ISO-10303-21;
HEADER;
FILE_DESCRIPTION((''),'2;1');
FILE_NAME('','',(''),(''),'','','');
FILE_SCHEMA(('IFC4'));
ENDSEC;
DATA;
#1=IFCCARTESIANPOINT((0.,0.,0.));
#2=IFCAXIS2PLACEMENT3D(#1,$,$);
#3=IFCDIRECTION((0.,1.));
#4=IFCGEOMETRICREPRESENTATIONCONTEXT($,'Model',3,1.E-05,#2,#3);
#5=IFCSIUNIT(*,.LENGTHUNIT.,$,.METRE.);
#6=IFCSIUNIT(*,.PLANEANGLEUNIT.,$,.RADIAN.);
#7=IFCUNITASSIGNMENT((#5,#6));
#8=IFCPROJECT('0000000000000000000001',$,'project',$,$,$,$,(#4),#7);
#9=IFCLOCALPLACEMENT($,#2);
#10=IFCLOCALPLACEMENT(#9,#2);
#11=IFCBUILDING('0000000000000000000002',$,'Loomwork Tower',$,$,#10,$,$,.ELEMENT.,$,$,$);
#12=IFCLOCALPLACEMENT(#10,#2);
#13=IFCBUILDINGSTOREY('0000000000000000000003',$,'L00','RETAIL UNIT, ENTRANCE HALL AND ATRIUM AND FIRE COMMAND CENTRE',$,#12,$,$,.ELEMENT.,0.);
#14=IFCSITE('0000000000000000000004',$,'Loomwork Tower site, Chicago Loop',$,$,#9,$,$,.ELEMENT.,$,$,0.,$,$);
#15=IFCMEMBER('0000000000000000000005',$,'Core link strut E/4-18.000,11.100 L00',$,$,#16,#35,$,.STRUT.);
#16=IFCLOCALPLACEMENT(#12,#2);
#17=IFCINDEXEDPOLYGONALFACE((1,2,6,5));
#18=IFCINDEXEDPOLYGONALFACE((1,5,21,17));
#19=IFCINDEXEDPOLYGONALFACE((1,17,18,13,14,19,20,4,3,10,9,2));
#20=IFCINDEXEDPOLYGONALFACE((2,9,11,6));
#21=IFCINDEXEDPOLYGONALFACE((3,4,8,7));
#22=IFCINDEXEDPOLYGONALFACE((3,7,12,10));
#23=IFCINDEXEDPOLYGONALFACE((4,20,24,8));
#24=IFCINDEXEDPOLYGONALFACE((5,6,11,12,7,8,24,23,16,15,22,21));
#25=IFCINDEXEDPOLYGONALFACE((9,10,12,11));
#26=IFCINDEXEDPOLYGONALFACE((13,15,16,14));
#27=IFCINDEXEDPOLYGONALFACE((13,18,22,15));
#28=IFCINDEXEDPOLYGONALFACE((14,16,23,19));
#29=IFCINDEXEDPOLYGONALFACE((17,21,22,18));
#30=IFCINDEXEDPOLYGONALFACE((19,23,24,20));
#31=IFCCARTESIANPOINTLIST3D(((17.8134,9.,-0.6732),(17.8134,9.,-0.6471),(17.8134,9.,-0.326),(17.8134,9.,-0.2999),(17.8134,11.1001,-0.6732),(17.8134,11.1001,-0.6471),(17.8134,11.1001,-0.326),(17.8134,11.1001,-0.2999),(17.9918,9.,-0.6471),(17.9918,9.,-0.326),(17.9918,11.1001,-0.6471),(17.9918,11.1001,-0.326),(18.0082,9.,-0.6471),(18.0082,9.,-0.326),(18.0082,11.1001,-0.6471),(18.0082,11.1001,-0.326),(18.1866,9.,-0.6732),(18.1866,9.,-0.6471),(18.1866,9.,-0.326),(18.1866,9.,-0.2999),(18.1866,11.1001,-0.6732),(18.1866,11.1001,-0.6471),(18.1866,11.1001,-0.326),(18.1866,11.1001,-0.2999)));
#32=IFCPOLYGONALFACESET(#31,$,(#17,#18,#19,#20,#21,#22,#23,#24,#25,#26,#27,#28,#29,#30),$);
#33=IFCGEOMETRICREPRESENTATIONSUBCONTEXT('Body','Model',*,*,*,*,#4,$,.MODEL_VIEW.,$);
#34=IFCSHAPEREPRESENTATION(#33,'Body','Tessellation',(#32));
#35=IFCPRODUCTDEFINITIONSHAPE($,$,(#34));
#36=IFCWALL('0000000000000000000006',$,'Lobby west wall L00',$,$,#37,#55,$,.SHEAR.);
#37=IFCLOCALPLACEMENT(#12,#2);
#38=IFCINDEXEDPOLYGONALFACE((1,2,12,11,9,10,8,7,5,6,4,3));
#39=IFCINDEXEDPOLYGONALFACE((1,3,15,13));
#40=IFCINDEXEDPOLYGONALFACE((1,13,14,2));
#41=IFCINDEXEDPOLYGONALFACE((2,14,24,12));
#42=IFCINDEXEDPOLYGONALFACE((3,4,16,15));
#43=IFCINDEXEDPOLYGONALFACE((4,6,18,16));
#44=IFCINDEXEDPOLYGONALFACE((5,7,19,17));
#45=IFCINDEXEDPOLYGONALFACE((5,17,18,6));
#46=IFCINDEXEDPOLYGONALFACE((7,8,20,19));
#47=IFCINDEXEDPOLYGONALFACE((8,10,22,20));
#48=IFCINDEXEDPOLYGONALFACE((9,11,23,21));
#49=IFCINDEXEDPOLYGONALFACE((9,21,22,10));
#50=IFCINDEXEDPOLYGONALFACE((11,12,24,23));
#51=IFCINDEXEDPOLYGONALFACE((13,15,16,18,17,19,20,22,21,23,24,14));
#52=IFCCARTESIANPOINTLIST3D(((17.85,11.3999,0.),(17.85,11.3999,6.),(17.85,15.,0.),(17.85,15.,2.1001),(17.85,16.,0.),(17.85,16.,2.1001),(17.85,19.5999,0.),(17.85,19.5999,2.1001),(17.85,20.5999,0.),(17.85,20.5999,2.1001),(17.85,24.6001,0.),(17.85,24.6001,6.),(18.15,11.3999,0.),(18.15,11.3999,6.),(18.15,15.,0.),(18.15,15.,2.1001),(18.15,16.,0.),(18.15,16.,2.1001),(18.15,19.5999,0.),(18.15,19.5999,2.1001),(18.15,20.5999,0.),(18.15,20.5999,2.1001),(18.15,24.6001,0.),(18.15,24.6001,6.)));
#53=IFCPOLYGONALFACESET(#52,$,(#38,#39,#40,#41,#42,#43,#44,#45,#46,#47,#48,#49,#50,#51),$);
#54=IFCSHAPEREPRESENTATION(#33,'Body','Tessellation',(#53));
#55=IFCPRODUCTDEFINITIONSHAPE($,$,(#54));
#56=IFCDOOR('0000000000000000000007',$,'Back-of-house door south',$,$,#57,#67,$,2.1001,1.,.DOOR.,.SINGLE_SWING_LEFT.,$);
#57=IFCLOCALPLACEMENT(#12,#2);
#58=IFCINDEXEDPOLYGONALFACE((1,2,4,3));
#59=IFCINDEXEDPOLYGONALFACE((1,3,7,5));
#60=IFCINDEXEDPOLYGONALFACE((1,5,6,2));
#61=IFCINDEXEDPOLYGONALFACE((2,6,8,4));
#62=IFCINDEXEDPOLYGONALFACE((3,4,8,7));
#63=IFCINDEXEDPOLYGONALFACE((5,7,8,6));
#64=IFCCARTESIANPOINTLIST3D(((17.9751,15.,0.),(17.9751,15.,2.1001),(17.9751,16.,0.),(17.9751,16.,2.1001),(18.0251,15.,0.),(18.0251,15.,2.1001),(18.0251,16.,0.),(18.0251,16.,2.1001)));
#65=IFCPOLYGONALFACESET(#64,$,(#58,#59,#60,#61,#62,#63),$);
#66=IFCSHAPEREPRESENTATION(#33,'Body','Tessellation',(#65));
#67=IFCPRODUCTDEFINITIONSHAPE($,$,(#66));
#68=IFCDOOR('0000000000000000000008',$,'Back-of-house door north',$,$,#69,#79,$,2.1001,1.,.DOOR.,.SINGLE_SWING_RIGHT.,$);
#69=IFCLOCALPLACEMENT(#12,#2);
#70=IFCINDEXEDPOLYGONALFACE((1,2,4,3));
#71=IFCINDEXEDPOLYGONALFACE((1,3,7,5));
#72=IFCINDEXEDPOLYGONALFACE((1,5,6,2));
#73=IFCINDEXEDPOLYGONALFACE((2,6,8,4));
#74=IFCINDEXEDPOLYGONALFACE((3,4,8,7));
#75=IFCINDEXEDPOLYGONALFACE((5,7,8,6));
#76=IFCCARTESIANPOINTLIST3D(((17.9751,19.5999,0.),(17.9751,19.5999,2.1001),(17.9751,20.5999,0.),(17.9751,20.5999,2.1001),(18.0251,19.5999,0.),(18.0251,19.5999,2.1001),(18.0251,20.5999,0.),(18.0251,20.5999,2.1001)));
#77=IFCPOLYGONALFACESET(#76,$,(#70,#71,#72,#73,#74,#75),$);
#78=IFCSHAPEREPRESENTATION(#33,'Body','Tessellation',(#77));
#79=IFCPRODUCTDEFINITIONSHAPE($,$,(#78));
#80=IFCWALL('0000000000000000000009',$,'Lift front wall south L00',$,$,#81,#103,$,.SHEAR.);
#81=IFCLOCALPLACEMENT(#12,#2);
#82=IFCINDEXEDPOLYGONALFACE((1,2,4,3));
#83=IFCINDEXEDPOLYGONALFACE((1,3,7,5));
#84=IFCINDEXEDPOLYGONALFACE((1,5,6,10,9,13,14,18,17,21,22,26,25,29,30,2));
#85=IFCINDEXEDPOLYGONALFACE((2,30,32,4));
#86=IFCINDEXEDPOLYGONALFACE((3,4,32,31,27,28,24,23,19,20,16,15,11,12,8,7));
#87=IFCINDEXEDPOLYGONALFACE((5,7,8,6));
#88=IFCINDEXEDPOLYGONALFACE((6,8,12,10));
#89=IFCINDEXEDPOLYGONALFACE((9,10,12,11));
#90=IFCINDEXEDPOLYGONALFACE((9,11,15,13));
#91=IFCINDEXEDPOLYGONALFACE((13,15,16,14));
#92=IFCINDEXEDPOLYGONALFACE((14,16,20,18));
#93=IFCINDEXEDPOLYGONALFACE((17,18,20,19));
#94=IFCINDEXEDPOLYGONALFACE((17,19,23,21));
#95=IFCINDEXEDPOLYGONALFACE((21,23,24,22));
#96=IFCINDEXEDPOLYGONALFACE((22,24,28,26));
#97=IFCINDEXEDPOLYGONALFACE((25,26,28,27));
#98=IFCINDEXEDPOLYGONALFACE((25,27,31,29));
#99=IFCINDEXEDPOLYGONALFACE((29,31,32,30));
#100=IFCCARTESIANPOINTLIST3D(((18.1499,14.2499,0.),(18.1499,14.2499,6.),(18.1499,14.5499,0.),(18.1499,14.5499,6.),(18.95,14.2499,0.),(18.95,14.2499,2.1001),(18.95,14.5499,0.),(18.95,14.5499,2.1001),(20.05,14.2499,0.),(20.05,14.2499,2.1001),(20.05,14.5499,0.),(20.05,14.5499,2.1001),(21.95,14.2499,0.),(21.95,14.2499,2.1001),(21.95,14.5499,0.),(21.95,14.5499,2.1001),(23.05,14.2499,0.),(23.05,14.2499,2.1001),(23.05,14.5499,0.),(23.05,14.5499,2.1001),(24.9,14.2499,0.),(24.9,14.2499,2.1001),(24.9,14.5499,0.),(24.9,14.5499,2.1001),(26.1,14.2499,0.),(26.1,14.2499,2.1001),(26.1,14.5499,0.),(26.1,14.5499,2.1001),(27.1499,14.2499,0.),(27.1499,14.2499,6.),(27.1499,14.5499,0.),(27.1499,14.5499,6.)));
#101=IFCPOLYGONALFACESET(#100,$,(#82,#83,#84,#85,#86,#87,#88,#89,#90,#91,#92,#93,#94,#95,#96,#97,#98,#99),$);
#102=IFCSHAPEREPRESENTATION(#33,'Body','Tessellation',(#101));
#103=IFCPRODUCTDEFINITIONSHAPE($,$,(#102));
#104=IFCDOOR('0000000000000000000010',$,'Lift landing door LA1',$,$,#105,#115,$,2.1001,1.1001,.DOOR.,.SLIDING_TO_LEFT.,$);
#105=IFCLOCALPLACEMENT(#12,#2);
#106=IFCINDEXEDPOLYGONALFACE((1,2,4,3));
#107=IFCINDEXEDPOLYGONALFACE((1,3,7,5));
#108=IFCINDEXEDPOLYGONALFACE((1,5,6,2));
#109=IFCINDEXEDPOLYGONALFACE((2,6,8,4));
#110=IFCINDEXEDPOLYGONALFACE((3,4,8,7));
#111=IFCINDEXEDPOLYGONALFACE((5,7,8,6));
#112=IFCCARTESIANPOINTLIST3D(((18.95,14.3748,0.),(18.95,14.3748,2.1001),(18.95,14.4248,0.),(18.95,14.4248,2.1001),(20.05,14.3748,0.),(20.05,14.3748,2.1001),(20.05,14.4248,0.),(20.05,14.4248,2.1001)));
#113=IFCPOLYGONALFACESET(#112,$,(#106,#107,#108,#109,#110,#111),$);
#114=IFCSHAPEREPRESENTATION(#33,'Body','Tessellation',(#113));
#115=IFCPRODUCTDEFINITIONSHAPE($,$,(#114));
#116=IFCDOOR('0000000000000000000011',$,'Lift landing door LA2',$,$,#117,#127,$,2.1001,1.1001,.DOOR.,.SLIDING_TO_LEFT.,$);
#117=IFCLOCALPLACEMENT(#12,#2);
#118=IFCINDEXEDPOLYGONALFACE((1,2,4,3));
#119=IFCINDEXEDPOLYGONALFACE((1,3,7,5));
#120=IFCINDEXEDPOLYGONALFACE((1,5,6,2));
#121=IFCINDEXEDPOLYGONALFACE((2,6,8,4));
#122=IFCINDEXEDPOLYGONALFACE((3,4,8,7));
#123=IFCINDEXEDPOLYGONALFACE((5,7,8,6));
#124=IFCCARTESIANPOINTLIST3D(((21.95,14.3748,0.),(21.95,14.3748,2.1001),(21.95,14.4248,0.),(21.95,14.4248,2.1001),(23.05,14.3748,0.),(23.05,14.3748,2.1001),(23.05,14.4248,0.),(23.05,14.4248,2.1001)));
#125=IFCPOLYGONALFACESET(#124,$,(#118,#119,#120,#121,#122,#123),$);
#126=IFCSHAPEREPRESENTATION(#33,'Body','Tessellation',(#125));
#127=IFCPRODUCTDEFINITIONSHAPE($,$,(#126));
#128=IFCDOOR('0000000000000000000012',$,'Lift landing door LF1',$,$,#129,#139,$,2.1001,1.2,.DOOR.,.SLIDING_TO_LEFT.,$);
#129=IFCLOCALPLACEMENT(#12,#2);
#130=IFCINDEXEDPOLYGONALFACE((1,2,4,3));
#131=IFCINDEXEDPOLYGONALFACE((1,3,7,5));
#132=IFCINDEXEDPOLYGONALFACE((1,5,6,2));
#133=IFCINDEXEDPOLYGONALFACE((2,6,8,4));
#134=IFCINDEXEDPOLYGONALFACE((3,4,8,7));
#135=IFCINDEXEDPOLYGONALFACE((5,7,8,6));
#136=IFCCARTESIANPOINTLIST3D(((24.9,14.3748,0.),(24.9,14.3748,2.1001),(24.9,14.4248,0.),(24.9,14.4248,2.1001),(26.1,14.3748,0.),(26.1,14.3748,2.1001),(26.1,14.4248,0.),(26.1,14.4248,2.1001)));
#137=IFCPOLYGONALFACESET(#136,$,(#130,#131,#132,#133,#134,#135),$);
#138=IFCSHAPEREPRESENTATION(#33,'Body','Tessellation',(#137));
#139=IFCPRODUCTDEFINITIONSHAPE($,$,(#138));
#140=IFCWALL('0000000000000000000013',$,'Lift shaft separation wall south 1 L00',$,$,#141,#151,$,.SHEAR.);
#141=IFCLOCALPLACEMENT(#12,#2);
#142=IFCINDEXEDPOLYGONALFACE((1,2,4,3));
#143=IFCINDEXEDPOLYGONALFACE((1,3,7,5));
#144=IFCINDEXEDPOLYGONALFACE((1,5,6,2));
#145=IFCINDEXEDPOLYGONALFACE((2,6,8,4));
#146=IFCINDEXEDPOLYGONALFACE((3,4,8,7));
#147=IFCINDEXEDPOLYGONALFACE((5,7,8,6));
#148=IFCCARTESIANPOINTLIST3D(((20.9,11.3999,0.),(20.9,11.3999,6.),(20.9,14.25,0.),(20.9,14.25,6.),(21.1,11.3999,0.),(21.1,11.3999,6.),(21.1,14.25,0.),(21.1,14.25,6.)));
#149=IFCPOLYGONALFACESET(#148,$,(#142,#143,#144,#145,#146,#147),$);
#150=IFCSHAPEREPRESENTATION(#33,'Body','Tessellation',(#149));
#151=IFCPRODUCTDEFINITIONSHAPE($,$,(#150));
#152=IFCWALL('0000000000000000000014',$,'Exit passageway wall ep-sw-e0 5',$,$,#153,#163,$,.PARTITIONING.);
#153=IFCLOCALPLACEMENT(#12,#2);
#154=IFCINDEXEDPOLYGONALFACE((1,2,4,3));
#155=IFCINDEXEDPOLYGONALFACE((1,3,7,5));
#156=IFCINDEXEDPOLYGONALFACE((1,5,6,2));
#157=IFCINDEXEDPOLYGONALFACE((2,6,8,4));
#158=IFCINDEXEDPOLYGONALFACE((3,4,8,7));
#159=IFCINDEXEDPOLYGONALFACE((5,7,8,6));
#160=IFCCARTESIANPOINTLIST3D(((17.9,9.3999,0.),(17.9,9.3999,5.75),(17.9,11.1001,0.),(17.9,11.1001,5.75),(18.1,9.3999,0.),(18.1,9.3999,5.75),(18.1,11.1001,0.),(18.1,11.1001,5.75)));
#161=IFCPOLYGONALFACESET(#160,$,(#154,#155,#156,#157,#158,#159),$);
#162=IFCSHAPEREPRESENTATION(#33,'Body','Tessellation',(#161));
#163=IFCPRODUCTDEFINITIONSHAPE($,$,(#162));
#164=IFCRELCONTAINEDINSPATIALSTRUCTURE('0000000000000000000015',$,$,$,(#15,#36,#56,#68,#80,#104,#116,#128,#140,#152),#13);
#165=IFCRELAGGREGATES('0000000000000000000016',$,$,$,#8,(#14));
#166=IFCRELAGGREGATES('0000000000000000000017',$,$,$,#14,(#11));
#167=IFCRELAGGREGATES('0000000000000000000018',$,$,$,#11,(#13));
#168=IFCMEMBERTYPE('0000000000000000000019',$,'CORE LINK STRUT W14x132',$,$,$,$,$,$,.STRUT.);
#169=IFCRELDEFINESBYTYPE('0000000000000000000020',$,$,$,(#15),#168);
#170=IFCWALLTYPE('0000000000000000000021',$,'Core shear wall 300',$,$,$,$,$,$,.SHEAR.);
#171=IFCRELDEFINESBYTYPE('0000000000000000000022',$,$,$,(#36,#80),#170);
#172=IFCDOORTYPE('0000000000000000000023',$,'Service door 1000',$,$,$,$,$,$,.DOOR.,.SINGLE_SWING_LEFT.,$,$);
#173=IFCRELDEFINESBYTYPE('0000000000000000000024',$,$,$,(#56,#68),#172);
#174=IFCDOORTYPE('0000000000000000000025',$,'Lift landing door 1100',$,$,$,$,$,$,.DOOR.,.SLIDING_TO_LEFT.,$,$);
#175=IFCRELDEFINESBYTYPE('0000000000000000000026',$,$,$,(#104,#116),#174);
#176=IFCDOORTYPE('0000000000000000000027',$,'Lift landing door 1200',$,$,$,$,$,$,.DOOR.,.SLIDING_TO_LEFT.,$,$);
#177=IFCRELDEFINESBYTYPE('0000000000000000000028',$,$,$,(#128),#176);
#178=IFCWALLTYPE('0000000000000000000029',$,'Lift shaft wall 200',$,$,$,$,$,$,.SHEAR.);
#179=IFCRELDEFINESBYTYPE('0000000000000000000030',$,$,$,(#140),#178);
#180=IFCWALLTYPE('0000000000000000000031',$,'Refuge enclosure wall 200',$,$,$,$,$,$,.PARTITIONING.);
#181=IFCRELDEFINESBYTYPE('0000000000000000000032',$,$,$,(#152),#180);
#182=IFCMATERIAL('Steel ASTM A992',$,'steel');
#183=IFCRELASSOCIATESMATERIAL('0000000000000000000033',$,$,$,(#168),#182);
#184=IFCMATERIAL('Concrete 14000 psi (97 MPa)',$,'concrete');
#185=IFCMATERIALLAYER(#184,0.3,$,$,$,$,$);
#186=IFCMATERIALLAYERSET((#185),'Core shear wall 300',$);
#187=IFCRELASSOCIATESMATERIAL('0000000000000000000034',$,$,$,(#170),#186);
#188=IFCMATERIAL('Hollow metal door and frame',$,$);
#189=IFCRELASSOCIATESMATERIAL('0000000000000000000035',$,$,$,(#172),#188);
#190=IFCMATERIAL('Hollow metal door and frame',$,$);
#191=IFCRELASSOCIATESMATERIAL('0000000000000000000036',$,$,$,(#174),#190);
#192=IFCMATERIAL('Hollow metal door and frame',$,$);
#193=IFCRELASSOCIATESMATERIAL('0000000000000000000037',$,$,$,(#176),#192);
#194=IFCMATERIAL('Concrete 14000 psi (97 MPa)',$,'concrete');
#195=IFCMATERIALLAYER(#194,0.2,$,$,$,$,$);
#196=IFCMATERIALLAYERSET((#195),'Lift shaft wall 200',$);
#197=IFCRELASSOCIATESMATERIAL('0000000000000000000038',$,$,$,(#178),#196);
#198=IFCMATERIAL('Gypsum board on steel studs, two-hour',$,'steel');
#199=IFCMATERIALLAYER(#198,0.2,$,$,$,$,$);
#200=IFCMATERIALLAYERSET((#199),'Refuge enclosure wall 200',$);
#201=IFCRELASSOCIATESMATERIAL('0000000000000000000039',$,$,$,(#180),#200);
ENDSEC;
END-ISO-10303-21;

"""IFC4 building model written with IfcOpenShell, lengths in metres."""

from ifc_helpers import new_model, si_unit, direction, frame, frame_2d, origin, origin_2d, place, context, subcontext, project, spatial, rectangle, i_section, extrude, material, layer, layer_set, material_profile, profile_set, type_object, element, fill, save


model = new_model("IFC4")

# Units and contexts
model_context = context("Model", 3, precision=1e-05, world=origin(), true_north=direction((0.0, 1.0)))
body_context = subcontext(model_context, "Body", "Model", "MODEL_VIEW")
ifc_project = project(units=[si_unit("LENGTHUNIT", "METRE"), si_unit("PLANEANGLEUNIT", "RADIAN")], contexts=[model_context])

# Site, building, storey
site_placement = place(None, origin())
site = spatial("IfcSite", under=ifc_project, at=site_placement, Name="Loomwork Tower site, Chicago Loop", CompositionType="ELEMENT", RefElevation=0.0)
building_placement = place(site_placement, origin())
building = spatial("IfcBuilding", under=site, at=building_placement, Name="Loomwork Tower", CompositionType="ELEMENT")
storey_placement = place(building_placement, origin())
storey = spatial("IfcBuildingStorey", under=building, at=storey_placement, Name="L00", Description="RETAIL UNIT, ENTRANCE HALL AND ATRIUM AND FIRE COMMAND CENTRE", CompositionType="ELEMENT", Elevation=0.0)

# Member
ifc_material_1 = material(Name="Steel ASTM A992", Category="steel")
ifc_material_profile = material_profile(ifc_material_1, i_section(OverallWidth=0.3733, OverallDepth=0.3733, WebThickness=0.0164, FlangeThickness=0.0261, at=origin_2d()), Name="W14x132")
ifc_profile_set = profile_set([ifc_material_profile], Name="Steel ASTM A992")
member_type = type_object("IfcMemberType", Name="CORE LINK STRUT W14x132", PredefinedType="STRUT", material=ifc_profile_set)
member_placement = place(storey_placement, frame((18.0, 9.0, -0.4866), z_axis=(0.0, 1.0, 0.0), x_axis=(-1.0, 0.0, 0.0)))
element("IfcMember", 1, at=member_placement, inside=storey, type_object=member_type, Name="Core link strut E/4-18.000,11.100 L00", PredefinedType="STRUT", context=body_context, shape_type="SweptSolid", body=[
    extrude(i_section(OverallWidth=0.3733, OverallDepth=0.3733, WebThickness=0.0164, FlangeThickness=0.0261, at=origin_2d()), origin(), (0.0, 0.0, 1.0), 2.1001),
])

# Walls, openings, doors
ifc_material_2 = material(Name="Concrete 14000 psi (97 MPa)", Category="concrete")
ifc_layer_1 = layer(ifc_material_2, 0.3)
ifc_layer_set_1 = layer_set([ifc_layer_1], Name="Core shear wall 300")
wall_type_1 = type_object("IfcWallType", Name="Core shear wall 300", PredefinedType="SHEAR", material=ifc_layer_set_1)
wall_1_placement = place(storey_placement, frame((18.0, 11.3999, 0.0), z_axis=(0.0, 0.0, 1.0), x_axis=(0.0, 1.0, 0.0)))
wall_1 = element("IfcWall", 2, at=wall_1_placement, inside=storey, type_object=wall_type_1, Name="Lobby west wall L00", PredefinedType="SHEAR", context=body_context, shape_type="SweptSolid", body=[
    extrude(rectangle(XDim=13.2002, YDim=0.3, at=frame_2d((6.6001, 0.0))), origin(), (0.0, 0.0, 1.0), 6.0),
])
opening_1_placement = place(wall_1_placement, frame((3.6001, 0.0, 0.0)))
opening_1 = element("IfcOpeningElement", 3, at=opening_1_placement, cuts=wall_1, PredefinedType="OPENING", context=body_context, shape_type="SweptSolid", body=[
    extrude(rectangle(XDim=1.0, YDim=2.1001, at=frame_2d((0.5, 1.05))), frame((0.0, 0.1599, 0.0), z_axis=(0.0, -1.0, 0.0), x_axis=(1.0, 0.0, 0.0)), (0.0, 0.0, 1.0), 0.3201),
])
opening_2_placement = place(wall_1_placement, frame((8.2, 0.0, 0.0)))
opening_2 = element("IfcOpeningElement", 4, at=opening_2_placement, cuts=wall_1, PredefinedType="OPENING", context=body_context, shape_type="SweptSolid", body=[
    extrude(rectangle(XDim=1.0, YDim=2.1001, at=frame_2d((0.5, 1.05))), frame((0.0, 0.1599, 0.0), z_axis=(0.0, -1.0, 0.0), x_axis=(1.0, 0.0, 0.0)), (0.0, 0.0, 1.0), 0.3201),
])
ifc_material_3 = material(Name="Hollow metal door and frame")
door_type_1 = type_object("IfcDoorType", Name="Service door 1000", OperationType="SINGLE_SWING_LEFT", PredefinedType="DOOR", material=ifc_material_3)
door_1_placement = place(opening_1_placement, origin())
door_1 = element("IfcDoor", 5, at=door_1_placement, inside=storey, type_object=door_type_1, Name="Back-of-house door south", OperationType="SINGLE_SWING_LEFT", OverallHeight=2.1001, OverallWidth=1.0, PredefinedType="DOOR", context=body_context, shape_type="SweptSolid", body=[
    extrude(rectangle(XDim=1.0, YDim=2.1001, at=frame_2d((0.5, 1.05))), frame((0.0, 0.0249, 0.0), z_axis=(0.0, -1.0, 0.0), x_axis=(1.0, 0.0, 0.0)), (0.0, 0.0, 1.0), 0.05),
])
fill(opening_1, door_1)
door_2_placement = place(opening_2_placement, origin())
door_2 = element("IfcDoor", 6, at=door_2_placement, inside=storey, type_object=door_type_1, Name="Back-of-house door north", OperationType="SINGLE_SWING_RIGHT", OverallHeight=2.1001, OverallWidth=1.0, PredefinedType="DOOR", context=body_context, shape_type="SweptSolid", body=[
    extrude(rectangle(XDim=1.0, YDim=2.1001, at=frame_2d((0.5, 1.05))), frame((0.0, 0.0249, 0.0), z_axis=(0.0, -1.0, 0.0), x_axis=(1.0, 0.0, 0.0)), (0.0, 0.0, 1.0), 0.05),
])
fill(opening_2, door_2)
wall_2_placement = place(storey_placement, frame((18.1499, 14.3999, 0.0), z_axis=(0.0, 0.0, 1.0), x_axis=(1.0, 0.0, 0.0)))
wall_2 = element("IfcWall", 7, at=wall_2_placement, inside=storey, type_object=wall_type_1, Name="Lift front wall south L00", PredefinedType="SHEAR", context=body_context, shape_type="SweptSolid", body=[
    extrude(rectangle(XDim=9.0, YDim=0.3, at=frame_2d((4.5, 0.0))), origin(), (0.0, 0.0, 1.0), 6.0),
])
opening_3_placement = place(wall_2_placement, frame((0.8, 0.0, 0.0)))
opening_3 = element("IfcOpeningElement", 8, at=opening_3_placement, cuts=wall_2, PredefinedType="OPENING", context=body_context, shape_type="SweptSolid", body=[
    extrude(rectangle(XDim=1.1001, YDim=2.1001, at=frame_2d((0.55, 1.05))), frame((0.0, 0.1599, 0.0), z_axis=(0.0, -1.0, 0.0), x_axis=(1.0, 0.0, 0.0)), (0.0, 0.0, 1.0), 0.3201),
])
opening_4_placement = place(wall_2_placement, frame((3.8, 0.0, 0.0)))
opening_4 = element("IfcOpeningElement", 9, at=opening_4_placement, cuts=wall_2, PredefinedType="OPENING", context=body_context, shape_type="SweptSolid", body=[
    extrude(rectangle(XDim=1.1001, YDim=2.1001, at=frame_2d((0.55, 1.05))), frame((0.0, 0.1599, 0.0), z_axis=(0.0, -1.0, 0.0), x_axis=(1.0, 0.0, 0.0)), (0.0, 0.0, 1.0), 0.3201),
])
opening_5_placement = place(wall_2_placement, frame((6.75, 0.0, 0.0)))
opening_5 = element("IfcOpeningElement", 10, at=opening_5_placement, cuts=wall_2, PredefinedType="OPENING", context=body_context, shape_type="SweptSolid", body=[
    extrude(rectangle(XDim=1.2, YDim=2.1001, at=frame_2d((0.6001, 1.05))), frame((0.0, 0.1599, 0.0), z_axis=(0.0, -1.0, 0.0), x_axis=(1.0, 0.0, 0.0)), (0.0, 0.0, 1.0), 0.3201),
])
ifc_material_4 = material(Name="Hollow metal door and frame")
door_type_2 = type_object("IfcDoorType", Name="Lift landing door 1100", OperationType="SLIDING_TO_LEFT", PredefinedType="DOOR", material=ifc_material_4)
door_3_placement = place(opening_3_placement, origin())
door_3 = element("IfcDoor", 11, at=door_3_placement, inside=storey, type_object=door_type_2, Name="Lift landing door LA1", OperationType="SLIDING_TO_LEFT", OverallHeight=2.1001, OverallWidth=1.1001, PredefinedType="DOOR", context=body_context, shape_type="SweptSolid", body=[
    extrude(rectangle(XDim=1.1001, YDim=2.1001, at=frame_2d((0.55, 1.05))), frame((0.0, 0.0249, 0.0), z_axis=(0.0, -1.0, 0.0), x_axis=(1.0, 0.0, 0.0)), (0.0, 0.0, 1.0), 0.05),
])
fill(opening_3, door_3)
door_4_placement = place(opening_4_placement, origin())
door_4 = element("IfcDoor", 12, at=door_4_placement, inside=storey, type_object=door_type_2, Name="Lift landing door LA2", OperationType="SLIDING_TO_LEFT", OverallHeight=2.1001, OverallWidth=1.1001, PredefinedType="DOOR", context=body_context, shape_type="SweptSolid", body=[
    extrude(rectangle(XDim=1.1001, YDim=2.1001, at=frame_2d((0.55, 1.05))), frame((0.0, 0.0249, 0.0), z_axis=(0.0, -1.0, 0.0), x_axis=(1.0, 0.0, 0.0)), (0.0, 0.0, 1.0), 0.05),
])
fill(opening_4, door_4)
ifc_material_5 = material(Name="Hollow metal door and frame")
door_type_3 = type_object("IfcDoorType", Name="Lift landing door 1200", OperationType="SLIDING_TO_LEFT", PredefinedType="DOOR", material=ifc_material_5)
door_5_placement = place(opening_5_placement, origin())
door_5 = element("IfcDoor", 13, at=door_5_placement, inside=storey, type_object=door_type_3, Name="Lift landing door LF1", OperationType="SLIDING_TO_LEFT", OverallHeight=2.1001, OverallWidth=1.2, PredefinedType="DOOR", context=body_context, shape_type="SweptSolid", body=[
    extrude(rectangle(XDim=1.2, YDim=2.1001, at=frame_2d((0.6001, 1.05))), frame((0.0, 0.0249, 0.0), z_axis=(0.0, -1.0, 0.0), x_axis=(1.0, 0.0, 0.0)), (0.0, 0.0, 1.0), 0.05),
])
fill(opening_5, door_5)

# Walls
ifc_material_6 = material(Name="Concrete 14000 psi (97 MPa)", Category="concrete")
ifc_layer_2 = layer(ifc_material_6, 0.2)
ifc_layer_set_2 = layer_set([ifc_layer_2], Name="Lift shaft wall 200")
wall_type_2 = type_object("IfcWallType", Name="Lift shaft wall 200", PredefinedType="SHEAR", material=ifc_layer_set_2)
wall_3_placement = place(storey_placement, frame((21.0, 11.3999, 0.0), z_axis=(0.0, 0.0, 1.0), x_axis=(0.0, 1.0, 0.0)))
element("IfcWall", 14, at=wall_3_placement, inside=storey, type_object=wall_type_2, Name="Lift shaft separation wall south 1 L00", PredefinedType="SHEAR", context=body_context, shape_type="SweptSolid", body=[
    extrude(rectangle(XDim=2.8501, YDim=0.2, at=frame_2d((1.425, 0.0))), origin(), (0.0, 0.0, 1.0), 6.0),
])
ifc_material_7 = material(Name="Gypsum board on steel studs, two-hour", Category="steel")
ifc_layer_3 = layer(ifc_material_7, 0.2)
ifc_layer_set_3 = layer_set([ifc_layer_3], Name="Refuge enclosure wall 200")
wall_type_3 = type_object("IfcWallType", Name="Refuge enclosure wall 200", PredefinedType="PARTITIONING", material=ifc_layer_set_3)
wall_4_placement = place(storey_placement, frame((18.0, 9.3999, 0.0), z_axis=(0.0, 0.0, 1.0), x_axis=(0.0, 1.0, 0.0)))
element("IfcWall", 15, at=wall_4_placement, inside=storey, type_object=wall_type_3, Name="Exit passageway wall ep-sw-e0 5", PredefinedType="PARTITIONING", context=body_context, shape_type="SweptSolid", body=[
    extrude(rectangle(XDim=1.7002, YDim=0.2, at=frame_2d((0.8501, 0.0))), origin(), (0.0, 0.0, 1.0), 5.75),
])

save(model, "model.ifc")
